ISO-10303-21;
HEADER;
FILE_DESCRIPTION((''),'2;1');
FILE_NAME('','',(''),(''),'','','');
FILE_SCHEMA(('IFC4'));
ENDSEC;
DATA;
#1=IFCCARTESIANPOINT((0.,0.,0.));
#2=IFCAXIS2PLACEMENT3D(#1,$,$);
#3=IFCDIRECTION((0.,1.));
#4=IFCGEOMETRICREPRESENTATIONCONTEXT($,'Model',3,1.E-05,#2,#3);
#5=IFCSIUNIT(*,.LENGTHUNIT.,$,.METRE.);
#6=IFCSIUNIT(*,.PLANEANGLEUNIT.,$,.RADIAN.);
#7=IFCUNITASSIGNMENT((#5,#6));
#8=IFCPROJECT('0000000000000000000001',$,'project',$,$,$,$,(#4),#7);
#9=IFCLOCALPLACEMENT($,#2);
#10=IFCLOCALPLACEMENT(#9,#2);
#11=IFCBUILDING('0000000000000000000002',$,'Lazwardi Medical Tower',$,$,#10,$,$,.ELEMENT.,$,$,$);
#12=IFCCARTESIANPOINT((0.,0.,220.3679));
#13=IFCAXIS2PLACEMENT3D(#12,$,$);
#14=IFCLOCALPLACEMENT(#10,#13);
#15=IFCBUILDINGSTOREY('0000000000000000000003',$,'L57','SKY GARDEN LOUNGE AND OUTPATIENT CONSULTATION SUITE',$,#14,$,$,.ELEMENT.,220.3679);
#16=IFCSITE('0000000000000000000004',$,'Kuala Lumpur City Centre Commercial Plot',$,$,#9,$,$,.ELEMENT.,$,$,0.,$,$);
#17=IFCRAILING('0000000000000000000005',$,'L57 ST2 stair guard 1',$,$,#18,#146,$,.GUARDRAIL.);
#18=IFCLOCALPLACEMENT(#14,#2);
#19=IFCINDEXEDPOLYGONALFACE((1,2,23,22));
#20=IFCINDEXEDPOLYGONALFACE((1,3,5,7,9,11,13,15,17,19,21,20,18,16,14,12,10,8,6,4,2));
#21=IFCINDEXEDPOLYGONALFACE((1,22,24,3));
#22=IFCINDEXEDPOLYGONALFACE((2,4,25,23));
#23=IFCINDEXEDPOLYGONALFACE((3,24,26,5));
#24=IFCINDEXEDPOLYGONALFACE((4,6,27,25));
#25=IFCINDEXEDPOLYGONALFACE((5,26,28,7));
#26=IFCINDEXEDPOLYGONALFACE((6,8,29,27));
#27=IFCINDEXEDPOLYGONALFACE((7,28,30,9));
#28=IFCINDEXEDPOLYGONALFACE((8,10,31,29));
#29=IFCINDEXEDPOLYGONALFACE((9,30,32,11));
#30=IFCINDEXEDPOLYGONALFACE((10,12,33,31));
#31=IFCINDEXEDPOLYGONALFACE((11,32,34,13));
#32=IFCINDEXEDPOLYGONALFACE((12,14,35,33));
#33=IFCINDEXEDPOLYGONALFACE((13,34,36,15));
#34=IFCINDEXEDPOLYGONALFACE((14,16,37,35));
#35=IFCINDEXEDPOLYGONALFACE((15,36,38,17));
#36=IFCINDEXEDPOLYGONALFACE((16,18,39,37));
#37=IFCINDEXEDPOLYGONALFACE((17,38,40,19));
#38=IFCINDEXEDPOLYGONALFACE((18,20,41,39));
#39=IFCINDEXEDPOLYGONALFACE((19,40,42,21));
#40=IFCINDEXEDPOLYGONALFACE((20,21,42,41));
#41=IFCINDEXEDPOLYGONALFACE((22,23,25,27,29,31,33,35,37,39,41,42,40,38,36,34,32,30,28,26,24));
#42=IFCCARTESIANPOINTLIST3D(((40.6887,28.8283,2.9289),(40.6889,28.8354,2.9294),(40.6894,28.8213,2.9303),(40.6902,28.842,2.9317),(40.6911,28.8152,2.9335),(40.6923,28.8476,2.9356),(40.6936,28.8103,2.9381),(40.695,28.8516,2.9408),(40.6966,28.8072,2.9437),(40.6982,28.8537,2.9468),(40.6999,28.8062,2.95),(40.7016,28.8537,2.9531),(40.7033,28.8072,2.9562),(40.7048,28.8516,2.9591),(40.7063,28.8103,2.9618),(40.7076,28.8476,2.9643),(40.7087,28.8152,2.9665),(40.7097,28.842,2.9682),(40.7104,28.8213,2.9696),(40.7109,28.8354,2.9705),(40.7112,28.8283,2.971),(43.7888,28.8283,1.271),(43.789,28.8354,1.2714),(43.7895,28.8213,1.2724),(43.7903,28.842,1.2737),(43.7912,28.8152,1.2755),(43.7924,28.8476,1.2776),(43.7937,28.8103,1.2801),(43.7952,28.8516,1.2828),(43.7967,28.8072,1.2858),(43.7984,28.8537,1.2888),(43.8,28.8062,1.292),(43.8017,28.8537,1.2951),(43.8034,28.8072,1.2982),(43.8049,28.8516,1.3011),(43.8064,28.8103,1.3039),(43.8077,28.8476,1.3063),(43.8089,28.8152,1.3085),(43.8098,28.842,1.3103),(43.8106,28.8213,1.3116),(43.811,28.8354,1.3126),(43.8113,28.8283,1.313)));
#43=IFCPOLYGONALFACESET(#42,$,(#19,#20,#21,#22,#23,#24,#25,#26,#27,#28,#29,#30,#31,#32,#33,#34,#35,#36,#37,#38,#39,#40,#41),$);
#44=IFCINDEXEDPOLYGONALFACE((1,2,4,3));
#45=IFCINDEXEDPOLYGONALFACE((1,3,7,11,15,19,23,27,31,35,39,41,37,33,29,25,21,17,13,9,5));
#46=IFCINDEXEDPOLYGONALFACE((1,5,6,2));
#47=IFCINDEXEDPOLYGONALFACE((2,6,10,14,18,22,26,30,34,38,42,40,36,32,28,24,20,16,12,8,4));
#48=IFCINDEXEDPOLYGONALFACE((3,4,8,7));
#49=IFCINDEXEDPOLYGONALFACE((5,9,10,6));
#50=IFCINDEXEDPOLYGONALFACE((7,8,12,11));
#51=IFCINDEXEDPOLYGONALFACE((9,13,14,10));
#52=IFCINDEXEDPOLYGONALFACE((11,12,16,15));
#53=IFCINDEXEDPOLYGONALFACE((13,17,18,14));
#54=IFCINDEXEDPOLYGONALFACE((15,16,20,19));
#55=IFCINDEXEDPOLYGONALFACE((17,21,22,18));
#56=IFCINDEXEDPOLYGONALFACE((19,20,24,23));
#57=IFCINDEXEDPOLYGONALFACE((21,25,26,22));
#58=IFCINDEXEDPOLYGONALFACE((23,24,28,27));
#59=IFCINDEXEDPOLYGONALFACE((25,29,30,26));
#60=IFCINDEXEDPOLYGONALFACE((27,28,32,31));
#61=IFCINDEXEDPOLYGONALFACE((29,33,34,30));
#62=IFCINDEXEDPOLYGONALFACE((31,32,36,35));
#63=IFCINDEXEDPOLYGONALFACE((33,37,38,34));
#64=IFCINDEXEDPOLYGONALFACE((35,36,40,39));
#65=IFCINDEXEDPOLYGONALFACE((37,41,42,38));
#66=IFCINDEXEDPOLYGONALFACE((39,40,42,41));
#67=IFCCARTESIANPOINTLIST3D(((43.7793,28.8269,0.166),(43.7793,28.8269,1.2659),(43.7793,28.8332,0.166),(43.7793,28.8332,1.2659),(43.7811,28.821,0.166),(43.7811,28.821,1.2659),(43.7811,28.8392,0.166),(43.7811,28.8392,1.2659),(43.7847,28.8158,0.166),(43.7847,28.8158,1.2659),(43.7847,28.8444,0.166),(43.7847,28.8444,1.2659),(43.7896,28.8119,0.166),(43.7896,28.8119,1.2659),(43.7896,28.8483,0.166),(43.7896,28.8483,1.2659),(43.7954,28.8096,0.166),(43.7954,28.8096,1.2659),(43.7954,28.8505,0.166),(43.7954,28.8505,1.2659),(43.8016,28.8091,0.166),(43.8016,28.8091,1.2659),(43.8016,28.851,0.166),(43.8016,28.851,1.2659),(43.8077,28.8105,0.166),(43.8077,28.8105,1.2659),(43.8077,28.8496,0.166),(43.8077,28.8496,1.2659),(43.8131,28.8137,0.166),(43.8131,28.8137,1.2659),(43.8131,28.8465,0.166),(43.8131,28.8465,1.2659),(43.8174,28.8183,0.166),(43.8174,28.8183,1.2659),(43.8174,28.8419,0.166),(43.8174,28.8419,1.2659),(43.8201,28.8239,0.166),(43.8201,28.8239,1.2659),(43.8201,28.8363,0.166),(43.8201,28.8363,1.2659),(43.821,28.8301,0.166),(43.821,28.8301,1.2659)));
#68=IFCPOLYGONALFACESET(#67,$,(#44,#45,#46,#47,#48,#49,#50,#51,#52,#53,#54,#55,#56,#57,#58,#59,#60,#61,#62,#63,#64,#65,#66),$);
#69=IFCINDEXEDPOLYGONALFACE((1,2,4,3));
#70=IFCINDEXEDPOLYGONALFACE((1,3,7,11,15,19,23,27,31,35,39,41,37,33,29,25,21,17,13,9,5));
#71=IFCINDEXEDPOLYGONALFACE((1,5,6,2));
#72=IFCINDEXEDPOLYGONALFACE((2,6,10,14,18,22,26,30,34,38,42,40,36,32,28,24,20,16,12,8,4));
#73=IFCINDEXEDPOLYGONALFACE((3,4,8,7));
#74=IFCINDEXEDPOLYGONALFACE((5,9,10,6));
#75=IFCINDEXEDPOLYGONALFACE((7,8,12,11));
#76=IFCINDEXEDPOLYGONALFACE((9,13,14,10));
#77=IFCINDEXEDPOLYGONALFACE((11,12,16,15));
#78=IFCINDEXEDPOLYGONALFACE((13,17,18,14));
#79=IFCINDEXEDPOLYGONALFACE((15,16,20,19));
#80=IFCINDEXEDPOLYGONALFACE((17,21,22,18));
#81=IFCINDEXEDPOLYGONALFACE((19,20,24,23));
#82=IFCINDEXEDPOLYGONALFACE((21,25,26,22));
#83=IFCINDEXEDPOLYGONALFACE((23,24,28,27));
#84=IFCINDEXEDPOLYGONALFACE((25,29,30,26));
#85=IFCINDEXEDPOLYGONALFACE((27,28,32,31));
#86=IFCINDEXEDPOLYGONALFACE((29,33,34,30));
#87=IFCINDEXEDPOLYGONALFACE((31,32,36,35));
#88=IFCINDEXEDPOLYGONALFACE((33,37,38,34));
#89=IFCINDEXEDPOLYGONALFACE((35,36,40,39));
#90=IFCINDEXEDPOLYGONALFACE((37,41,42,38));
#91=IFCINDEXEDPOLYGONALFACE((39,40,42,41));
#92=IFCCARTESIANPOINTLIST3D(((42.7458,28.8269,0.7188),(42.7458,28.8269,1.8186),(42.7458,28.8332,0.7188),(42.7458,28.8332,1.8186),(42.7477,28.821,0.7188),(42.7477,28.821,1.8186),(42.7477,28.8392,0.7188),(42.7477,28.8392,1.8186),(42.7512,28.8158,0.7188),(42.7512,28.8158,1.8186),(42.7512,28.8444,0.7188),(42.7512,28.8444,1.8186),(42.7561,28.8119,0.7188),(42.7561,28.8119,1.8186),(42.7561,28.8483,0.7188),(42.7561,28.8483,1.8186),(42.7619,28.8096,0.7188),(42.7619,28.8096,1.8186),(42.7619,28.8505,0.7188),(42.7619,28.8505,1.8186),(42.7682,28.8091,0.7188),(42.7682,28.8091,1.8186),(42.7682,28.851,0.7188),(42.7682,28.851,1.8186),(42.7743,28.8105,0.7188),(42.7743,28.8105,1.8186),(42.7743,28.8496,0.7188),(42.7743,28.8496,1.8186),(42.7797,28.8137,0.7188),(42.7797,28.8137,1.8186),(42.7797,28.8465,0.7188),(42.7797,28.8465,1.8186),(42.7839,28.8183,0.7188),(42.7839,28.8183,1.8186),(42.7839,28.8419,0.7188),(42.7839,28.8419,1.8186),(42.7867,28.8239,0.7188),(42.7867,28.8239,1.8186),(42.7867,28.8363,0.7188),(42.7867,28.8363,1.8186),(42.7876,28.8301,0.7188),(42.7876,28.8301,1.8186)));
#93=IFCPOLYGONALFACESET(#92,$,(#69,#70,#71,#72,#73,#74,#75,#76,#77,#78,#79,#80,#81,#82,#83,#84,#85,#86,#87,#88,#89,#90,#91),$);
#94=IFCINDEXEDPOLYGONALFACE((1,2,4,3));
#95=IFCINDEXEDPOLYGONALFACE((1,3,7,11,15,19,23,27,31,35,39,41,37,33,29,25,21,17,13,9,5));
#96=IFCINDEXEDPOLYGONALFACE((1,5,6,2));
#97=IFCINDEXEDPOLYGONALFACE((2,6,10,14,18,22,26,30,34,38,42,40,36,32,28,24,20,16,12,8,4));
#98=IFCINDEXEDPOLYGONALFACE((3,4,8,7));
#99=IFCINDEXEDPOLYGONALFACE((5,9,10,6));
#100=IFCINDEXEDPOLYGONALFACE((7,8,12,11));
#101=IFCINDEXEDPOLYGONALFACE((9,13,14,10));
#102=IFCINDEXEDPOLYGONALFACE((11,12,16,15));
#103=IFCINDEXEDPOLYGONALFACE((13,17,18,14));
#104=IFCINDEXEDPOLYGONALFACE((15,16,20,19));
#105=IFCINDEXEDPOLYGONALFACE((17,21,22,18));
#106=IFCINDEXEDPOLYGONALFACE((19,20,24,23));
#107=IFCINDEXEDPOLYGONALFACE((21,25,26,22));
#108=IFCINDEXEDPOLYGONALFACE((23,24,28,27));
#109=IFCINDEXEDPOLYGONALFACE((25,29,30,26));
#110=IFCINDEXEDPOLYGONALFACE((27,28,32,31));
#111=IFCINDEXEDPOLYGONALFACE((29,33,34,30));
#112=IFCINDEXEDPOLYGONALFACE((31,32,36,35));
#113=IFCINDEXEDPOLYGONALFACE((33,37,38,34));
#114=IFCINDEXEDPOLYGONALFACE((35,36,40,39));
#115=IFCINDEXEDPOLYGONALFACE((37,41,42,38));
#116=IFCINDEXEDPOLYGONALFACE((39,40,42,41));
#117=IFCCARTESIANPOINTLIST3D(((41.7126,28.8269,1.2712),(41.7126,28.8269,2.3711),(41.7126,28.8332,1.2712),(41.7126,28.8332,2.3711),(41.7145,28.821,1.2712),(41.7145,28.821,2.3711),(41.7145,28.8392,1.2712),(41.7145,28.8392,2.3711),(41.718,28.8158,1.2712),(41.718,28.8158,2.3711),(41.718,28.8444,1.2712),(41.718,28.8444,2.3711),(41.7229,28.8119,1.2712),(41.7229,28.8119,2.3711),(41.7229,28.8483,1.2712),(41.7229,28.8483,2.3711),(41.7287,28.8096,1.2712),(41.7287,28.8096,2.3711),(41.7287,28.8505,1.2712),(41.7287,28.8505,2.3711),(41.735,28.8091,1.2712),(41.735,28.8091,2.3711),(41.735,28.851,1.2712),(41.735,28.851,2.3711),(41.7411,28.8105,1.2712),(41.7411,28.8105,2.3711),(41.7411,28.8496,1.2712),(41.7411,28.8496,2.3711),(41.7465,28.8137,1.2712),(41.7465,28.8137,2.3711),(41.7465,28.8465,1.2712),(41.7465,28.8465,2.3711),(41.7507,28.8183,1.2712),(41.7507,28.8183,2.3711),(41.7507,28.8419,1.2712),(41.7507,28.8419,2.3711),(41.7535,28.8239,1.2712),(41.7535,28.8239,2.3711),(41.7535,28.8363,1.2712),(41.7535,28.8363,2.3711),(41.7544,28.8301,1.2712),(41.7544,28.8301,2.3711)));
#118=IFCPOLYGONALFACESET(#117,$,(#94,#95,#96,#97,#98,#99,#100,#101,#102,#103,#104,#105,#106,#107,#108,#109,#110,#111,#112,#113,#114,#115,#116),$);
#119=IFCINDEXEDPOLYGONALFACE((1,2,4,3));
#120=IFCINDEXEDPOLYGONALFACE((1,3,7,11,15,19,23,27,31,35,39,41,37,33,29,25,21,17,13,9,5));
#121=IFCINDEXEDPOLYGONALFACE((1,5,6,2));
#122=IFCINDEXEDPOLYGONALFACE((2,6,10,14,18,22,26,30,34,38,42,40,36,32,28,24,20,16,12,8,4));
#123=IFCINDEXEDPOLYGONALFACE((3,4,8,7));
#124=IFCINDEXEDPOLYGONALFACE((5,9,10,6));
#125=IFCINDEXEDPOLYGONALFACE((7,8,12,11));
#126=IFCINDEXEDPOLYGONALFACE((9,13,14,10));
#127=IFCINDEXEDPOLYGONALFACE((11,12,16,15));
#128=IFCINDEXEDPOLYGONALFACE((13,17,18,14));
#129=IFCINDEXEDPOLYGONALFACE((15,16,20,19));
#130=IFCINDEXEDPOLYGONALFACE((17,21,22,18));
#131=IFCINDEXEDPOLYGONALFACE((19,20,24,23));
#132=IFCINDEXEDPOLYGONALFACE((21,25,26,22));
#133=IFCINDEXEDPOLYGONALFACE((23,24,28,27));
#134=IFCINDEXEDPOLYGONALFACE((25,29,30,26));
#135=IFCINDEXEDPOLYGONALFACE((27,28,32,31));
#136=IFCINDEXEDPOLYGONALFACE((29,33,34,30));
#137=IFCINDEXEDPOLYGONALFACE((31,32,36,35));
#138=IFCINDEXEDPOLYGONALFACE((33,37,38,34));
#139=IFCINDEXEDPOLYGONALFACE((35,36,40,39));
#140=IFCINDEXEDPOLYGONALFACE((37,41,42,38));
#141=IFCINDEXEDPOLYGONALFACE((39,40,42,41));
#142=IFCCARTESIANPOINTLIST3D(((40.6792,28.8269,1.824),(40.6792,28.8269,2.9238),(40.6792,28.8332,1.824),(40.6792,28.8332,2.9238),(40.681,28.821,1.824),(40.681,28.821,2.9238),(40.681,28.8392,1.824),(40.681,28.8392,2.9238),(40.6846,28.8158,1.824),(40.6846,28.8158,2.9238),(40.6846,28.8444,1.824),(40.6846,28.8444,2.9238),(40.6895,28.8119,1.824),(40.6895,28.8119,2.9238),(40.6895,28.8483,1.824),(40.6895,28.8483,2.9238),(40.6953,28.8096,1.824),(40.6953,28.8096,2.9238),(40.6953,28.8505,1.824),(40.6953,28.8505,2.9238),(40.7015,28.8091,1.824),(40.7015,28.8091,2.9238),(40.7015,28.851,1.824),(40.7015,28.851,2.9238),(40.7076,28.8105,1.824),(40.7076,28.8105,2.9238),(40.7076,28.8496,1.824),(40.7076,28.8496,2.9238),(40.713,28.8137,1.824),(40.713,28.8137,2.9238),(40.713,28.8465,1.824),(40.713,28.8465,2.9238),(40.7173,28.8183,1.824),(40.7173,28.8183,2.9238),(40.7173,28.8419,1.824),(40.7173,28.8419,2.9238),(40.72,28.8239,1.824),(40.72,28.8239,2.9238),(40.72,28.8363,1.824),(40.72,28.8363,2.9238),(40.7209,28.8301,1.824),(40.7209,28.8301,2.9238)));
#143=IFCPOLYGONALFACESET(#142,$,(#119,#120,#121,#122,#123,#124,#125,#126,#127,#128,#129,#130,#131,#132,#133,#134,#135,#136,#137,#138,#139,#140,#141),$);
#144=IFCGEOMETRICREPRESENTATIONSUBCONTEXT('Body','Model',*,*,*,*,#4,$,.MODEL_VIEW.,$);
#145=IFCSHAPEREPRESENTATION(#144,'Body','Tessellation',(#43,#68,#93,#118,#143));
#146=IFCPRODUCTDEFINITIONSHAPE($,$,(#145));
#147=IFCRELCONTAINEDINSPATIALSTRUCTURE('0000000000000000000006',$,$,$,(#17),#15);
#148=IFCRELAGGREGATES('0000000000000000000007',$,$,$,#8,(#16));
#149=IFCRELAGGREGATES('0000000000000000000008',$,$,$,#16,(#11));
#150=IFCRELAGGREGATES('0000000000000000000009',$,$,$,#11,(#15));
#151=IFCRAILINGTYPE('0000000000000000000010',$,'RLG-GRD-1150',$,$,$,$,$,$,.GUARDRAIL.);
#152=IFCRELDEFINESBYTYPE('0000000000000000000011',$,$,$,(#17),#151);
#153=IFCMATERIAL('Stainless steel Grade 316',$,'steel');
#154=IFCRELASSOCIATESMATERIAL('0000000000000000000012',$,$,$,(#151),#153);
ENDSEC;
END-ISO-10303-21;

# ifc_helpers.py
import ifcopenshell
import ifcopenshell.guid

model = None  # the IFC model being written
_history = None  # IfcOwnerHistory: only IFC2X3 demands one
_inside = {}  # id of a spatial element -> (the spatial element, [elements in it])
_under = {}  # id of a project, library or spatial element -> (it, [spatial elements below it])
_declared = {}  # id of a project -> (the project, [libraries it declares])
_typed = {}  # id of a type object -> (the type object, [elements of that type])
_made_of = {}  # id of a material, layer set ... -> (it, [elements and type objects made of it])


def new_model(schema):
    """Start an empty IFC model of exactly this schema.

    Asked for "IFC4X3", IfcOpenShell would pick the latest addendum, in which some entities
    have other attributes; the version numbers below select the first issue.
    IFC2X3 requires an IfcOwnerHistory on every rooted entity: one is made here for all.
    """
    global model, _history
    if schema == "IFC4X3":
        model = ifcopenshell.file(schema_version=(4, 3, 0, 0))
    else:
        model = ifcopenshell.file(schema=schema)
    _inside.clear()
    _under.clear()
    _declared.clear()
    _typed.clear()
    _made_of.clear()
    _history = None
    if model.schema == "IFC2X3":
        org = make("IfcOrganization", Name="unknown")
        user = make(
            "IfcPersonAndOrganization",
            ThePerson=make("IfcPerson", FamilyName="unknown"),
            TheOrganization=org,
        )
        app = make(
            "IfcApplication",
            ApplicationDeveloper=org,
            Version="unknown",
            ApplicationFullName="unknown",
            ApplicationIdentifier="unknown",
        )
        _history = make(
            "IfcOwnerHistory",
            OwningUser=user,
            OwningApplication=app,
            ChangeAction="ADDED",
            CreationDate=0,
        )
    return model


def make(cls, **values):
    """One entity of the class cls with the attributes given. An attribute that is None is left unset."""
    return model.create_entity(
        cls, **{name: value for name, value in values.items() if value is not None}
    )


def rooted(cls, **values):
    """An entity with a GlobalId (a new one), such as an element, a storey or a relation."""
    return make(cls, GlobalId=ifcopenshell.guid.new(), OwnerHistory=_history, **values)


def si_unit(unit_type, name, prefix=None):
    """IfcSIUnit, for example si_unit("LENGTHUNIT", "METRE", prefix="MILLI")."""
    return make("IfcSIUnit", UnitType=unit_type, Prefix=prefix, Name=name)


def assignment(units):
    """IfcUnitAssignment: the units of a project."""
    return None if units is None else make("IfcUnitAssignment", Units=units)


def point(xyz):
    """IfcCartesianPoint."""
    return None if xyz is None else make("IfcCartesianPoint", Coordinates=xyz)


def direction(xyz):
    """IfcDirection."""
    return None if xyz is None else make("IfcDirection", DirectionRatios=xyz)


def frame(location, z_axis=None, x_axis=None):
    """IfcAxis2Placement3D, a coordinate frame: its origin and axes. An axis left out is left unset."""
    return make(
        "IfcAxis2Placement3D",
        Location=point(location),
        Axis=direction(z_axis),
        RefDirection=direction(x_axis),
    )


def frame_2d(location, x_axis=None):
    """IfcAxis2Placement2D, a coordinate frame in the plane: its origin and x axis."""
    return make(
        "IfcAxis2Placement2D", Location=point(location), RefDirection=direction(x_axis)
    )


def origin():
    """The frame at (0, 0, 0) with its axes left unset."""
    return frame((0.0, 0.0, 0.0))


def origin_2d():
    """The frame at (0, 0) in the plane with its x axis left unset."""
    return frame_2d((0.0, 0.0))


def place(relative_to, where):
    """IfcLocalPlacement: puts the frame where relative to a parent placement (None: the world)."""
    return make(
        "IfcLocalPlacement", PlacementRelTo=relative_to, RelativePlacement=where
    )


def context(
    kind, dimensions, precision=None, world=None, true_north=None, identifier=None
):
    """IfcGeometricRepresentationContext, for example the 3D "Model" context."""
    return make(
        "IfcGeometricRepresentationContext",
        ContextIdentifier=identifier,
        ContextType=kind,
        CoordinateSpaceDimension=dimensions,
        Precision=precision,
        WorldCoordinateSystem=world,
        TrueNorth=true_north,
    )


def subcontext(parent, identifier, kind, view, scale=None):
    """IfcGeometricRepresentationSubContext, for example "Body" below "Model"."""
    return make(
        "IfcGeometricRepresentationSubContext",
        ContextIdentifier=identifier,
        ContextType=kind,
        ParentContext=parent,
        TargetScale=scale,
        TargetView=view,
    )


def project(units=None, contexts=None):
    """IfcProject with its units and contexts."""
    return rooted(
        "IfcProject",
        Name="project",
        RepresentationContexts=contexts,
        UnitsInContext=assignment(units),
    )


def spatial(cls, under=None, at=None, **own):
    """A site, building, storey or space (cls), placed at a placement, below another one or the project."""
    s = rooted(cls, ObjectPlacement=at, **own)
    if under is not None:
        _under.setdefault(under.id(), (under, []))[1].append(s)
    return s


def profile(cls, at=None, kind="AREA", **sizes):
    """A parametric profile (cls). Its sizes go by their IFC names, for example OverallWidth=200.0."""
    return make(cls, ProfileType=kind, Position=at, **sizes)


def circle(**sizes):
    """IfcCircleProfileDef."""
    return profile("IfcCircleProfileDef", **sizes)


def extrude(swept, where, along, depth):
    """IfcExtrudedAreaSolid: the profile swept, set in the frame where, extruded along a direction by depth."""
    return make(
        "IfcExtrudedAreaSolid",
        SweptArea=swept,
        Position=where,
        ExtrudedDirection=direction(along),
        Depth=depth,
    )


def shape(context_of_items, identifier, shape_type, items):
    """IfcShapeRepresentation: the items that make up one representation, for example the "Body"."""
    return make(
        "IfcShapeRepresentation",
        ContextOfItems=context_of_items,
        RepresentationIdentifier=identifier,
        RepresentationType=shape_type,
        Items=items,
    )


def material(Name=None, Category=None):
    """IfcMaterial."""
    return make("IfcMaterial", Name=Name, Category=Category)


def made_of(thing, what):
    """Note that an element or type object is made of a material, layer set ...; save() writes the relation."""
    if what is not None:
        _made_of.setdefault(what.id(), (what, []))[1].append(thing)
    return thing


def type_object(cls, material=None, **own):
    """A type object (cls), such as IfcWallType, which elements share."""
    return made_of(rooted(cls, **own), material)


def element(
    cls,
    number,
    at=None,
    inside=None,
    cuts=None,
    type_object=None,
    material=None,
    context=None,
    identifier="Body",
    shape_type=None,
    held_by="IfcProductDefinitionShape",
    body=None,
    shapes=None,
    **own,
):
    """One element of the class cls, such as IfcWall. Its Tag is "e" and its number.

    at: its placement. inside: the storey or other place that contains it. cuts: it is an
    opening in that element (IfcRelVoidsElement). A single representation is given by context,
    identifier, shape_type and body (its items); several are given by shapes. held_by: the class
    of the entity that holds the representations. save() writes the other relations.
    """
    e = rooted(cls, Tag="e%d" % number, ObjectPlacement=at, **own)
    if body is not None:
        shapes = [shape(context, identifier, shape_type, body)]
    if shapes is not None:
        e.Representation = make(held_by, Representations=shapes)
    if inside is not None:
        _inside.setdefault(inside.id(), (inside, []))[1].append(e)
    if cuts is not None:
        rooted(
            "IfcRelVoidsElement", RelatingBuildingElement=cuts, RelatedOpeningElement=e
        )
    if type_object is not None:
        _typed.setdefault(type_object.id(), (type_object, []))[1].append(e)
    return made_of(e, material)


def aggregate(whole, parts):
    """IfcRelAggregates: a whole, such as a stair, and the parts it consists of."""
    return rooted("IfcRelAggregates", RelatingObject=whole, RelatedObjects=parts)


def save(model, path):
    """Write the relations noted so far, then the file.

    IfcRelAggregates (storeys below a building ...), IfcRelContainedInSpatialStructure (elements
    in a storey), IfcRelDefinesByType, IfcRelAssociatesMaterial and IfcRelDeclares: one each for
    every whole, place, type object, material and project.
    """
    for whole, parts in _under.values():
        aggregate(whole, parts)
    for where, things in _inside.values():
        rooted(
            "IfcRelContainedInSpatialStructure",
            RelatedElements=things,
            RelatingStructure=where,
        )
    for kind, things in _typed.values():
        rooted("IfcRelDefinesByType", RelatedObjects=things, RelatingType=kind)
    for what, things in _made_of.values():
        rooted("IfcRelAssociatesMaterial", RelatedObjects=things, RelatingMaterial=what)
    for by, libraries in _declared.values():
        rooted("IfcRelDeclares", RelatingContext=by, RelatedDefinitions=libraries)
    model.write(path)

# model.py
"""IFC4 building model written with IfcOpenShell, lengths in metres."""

from ifc_helpers import new_model, si_unit, direction, frame, origin, origin_2d, place, context, subcontext, project, spatial, circle, extrude, material, type_object, element, save


model = new_model("IFC4")

# Units and contexts
model_context = context("Model", 3, precision=1e-05, world=origin(), true_north=direction((0.0, 1.0)))
body_context = subcontext(model_context, "Body", "Model", "MODEL_VIEW")
ifc_project = project(units=[si_unit("LENGTHUNIT", "METRE"), si_unit("PLANEANGLEUNIT", "RADIAN")], contexts=[model_context])

# Site, building, storey
site_placement = place(None, origin())
site = spatial("IfcSite", under=ifc_project, at=site_placement, Name="Kuala Lumpur City Centre Commercial Plot", CompositionType="ELEMENT", RefElevation=0.0)
building_placement = place(site_placement, origin())
building = spatial("IfcBuilding", under=site, at=building_placement, Name="Lazwardi Medical Tower", CompositionType="ELEMENT")
storey_placement = place(building_placement, frame((0.0, 0.0, 220.3679)))
storey = spatial("IfcBuildingStorey", under=building, at=storey_placement, Name="L57", Description="SKY GARDEN LOUNGE AND OUTPATIENT CONSULTATION SUITE", CompositionType="ELEMENT", Elevation=220.3679)

# Railing
ifc_material_1 = material(Name="Stainless steel Grade 316", Category="steel")
railing_type_1 = type_object("IfcRailingType", Name="RLG-GRD-1150", PredefinedType="GUARDRAIL", material=ifc_material_1)
railing_1_placement = place(storey_placement, frame((43.8, 28.8301, 0.166)))
element("IfcRailing", 1, at=railing_1_placement, inside=storey, type_object=railing_type_1, Name="L57 ST2 stair guard 1", PredefinedType="GUARDRAIL", context=body_context, shape_type="SweptSolid", body=[
    extrude(circle(Radius=0.0239, at=origin_2d()), frame((0.0, 0.0, 1.126), z_axis=(-0.881812, 0.0, 0.471601), x_axis=(0.0, -1.0, 0.0)), (0.0, 0.0, 1.0), 3.5156),
    extrude(circle(Radius=0.021, at=origin_2d()), origin(), (0.0, 0.0, 1.0), 1.0999),
    extrude(circle(Radius=0.021, at=origin_2d()), frame((-1.0334, 0.0, 0.5527)), (0.0, 0.0, 1.0), 1.0999),
    extrude(circle(Radius=0.021, at=origin_2d()), frame((-2.0667, 0.0, 1.1052)), (0.0, 0.0, 1.0), 1.0999),
    extrude(circle(Radius=0.021, at=origin_2d()), frame((-3.1001, 0.0, 1.658)), (0.0, 0.0, 1.0), 1.0999),
])

save(model, "model.ifc")
